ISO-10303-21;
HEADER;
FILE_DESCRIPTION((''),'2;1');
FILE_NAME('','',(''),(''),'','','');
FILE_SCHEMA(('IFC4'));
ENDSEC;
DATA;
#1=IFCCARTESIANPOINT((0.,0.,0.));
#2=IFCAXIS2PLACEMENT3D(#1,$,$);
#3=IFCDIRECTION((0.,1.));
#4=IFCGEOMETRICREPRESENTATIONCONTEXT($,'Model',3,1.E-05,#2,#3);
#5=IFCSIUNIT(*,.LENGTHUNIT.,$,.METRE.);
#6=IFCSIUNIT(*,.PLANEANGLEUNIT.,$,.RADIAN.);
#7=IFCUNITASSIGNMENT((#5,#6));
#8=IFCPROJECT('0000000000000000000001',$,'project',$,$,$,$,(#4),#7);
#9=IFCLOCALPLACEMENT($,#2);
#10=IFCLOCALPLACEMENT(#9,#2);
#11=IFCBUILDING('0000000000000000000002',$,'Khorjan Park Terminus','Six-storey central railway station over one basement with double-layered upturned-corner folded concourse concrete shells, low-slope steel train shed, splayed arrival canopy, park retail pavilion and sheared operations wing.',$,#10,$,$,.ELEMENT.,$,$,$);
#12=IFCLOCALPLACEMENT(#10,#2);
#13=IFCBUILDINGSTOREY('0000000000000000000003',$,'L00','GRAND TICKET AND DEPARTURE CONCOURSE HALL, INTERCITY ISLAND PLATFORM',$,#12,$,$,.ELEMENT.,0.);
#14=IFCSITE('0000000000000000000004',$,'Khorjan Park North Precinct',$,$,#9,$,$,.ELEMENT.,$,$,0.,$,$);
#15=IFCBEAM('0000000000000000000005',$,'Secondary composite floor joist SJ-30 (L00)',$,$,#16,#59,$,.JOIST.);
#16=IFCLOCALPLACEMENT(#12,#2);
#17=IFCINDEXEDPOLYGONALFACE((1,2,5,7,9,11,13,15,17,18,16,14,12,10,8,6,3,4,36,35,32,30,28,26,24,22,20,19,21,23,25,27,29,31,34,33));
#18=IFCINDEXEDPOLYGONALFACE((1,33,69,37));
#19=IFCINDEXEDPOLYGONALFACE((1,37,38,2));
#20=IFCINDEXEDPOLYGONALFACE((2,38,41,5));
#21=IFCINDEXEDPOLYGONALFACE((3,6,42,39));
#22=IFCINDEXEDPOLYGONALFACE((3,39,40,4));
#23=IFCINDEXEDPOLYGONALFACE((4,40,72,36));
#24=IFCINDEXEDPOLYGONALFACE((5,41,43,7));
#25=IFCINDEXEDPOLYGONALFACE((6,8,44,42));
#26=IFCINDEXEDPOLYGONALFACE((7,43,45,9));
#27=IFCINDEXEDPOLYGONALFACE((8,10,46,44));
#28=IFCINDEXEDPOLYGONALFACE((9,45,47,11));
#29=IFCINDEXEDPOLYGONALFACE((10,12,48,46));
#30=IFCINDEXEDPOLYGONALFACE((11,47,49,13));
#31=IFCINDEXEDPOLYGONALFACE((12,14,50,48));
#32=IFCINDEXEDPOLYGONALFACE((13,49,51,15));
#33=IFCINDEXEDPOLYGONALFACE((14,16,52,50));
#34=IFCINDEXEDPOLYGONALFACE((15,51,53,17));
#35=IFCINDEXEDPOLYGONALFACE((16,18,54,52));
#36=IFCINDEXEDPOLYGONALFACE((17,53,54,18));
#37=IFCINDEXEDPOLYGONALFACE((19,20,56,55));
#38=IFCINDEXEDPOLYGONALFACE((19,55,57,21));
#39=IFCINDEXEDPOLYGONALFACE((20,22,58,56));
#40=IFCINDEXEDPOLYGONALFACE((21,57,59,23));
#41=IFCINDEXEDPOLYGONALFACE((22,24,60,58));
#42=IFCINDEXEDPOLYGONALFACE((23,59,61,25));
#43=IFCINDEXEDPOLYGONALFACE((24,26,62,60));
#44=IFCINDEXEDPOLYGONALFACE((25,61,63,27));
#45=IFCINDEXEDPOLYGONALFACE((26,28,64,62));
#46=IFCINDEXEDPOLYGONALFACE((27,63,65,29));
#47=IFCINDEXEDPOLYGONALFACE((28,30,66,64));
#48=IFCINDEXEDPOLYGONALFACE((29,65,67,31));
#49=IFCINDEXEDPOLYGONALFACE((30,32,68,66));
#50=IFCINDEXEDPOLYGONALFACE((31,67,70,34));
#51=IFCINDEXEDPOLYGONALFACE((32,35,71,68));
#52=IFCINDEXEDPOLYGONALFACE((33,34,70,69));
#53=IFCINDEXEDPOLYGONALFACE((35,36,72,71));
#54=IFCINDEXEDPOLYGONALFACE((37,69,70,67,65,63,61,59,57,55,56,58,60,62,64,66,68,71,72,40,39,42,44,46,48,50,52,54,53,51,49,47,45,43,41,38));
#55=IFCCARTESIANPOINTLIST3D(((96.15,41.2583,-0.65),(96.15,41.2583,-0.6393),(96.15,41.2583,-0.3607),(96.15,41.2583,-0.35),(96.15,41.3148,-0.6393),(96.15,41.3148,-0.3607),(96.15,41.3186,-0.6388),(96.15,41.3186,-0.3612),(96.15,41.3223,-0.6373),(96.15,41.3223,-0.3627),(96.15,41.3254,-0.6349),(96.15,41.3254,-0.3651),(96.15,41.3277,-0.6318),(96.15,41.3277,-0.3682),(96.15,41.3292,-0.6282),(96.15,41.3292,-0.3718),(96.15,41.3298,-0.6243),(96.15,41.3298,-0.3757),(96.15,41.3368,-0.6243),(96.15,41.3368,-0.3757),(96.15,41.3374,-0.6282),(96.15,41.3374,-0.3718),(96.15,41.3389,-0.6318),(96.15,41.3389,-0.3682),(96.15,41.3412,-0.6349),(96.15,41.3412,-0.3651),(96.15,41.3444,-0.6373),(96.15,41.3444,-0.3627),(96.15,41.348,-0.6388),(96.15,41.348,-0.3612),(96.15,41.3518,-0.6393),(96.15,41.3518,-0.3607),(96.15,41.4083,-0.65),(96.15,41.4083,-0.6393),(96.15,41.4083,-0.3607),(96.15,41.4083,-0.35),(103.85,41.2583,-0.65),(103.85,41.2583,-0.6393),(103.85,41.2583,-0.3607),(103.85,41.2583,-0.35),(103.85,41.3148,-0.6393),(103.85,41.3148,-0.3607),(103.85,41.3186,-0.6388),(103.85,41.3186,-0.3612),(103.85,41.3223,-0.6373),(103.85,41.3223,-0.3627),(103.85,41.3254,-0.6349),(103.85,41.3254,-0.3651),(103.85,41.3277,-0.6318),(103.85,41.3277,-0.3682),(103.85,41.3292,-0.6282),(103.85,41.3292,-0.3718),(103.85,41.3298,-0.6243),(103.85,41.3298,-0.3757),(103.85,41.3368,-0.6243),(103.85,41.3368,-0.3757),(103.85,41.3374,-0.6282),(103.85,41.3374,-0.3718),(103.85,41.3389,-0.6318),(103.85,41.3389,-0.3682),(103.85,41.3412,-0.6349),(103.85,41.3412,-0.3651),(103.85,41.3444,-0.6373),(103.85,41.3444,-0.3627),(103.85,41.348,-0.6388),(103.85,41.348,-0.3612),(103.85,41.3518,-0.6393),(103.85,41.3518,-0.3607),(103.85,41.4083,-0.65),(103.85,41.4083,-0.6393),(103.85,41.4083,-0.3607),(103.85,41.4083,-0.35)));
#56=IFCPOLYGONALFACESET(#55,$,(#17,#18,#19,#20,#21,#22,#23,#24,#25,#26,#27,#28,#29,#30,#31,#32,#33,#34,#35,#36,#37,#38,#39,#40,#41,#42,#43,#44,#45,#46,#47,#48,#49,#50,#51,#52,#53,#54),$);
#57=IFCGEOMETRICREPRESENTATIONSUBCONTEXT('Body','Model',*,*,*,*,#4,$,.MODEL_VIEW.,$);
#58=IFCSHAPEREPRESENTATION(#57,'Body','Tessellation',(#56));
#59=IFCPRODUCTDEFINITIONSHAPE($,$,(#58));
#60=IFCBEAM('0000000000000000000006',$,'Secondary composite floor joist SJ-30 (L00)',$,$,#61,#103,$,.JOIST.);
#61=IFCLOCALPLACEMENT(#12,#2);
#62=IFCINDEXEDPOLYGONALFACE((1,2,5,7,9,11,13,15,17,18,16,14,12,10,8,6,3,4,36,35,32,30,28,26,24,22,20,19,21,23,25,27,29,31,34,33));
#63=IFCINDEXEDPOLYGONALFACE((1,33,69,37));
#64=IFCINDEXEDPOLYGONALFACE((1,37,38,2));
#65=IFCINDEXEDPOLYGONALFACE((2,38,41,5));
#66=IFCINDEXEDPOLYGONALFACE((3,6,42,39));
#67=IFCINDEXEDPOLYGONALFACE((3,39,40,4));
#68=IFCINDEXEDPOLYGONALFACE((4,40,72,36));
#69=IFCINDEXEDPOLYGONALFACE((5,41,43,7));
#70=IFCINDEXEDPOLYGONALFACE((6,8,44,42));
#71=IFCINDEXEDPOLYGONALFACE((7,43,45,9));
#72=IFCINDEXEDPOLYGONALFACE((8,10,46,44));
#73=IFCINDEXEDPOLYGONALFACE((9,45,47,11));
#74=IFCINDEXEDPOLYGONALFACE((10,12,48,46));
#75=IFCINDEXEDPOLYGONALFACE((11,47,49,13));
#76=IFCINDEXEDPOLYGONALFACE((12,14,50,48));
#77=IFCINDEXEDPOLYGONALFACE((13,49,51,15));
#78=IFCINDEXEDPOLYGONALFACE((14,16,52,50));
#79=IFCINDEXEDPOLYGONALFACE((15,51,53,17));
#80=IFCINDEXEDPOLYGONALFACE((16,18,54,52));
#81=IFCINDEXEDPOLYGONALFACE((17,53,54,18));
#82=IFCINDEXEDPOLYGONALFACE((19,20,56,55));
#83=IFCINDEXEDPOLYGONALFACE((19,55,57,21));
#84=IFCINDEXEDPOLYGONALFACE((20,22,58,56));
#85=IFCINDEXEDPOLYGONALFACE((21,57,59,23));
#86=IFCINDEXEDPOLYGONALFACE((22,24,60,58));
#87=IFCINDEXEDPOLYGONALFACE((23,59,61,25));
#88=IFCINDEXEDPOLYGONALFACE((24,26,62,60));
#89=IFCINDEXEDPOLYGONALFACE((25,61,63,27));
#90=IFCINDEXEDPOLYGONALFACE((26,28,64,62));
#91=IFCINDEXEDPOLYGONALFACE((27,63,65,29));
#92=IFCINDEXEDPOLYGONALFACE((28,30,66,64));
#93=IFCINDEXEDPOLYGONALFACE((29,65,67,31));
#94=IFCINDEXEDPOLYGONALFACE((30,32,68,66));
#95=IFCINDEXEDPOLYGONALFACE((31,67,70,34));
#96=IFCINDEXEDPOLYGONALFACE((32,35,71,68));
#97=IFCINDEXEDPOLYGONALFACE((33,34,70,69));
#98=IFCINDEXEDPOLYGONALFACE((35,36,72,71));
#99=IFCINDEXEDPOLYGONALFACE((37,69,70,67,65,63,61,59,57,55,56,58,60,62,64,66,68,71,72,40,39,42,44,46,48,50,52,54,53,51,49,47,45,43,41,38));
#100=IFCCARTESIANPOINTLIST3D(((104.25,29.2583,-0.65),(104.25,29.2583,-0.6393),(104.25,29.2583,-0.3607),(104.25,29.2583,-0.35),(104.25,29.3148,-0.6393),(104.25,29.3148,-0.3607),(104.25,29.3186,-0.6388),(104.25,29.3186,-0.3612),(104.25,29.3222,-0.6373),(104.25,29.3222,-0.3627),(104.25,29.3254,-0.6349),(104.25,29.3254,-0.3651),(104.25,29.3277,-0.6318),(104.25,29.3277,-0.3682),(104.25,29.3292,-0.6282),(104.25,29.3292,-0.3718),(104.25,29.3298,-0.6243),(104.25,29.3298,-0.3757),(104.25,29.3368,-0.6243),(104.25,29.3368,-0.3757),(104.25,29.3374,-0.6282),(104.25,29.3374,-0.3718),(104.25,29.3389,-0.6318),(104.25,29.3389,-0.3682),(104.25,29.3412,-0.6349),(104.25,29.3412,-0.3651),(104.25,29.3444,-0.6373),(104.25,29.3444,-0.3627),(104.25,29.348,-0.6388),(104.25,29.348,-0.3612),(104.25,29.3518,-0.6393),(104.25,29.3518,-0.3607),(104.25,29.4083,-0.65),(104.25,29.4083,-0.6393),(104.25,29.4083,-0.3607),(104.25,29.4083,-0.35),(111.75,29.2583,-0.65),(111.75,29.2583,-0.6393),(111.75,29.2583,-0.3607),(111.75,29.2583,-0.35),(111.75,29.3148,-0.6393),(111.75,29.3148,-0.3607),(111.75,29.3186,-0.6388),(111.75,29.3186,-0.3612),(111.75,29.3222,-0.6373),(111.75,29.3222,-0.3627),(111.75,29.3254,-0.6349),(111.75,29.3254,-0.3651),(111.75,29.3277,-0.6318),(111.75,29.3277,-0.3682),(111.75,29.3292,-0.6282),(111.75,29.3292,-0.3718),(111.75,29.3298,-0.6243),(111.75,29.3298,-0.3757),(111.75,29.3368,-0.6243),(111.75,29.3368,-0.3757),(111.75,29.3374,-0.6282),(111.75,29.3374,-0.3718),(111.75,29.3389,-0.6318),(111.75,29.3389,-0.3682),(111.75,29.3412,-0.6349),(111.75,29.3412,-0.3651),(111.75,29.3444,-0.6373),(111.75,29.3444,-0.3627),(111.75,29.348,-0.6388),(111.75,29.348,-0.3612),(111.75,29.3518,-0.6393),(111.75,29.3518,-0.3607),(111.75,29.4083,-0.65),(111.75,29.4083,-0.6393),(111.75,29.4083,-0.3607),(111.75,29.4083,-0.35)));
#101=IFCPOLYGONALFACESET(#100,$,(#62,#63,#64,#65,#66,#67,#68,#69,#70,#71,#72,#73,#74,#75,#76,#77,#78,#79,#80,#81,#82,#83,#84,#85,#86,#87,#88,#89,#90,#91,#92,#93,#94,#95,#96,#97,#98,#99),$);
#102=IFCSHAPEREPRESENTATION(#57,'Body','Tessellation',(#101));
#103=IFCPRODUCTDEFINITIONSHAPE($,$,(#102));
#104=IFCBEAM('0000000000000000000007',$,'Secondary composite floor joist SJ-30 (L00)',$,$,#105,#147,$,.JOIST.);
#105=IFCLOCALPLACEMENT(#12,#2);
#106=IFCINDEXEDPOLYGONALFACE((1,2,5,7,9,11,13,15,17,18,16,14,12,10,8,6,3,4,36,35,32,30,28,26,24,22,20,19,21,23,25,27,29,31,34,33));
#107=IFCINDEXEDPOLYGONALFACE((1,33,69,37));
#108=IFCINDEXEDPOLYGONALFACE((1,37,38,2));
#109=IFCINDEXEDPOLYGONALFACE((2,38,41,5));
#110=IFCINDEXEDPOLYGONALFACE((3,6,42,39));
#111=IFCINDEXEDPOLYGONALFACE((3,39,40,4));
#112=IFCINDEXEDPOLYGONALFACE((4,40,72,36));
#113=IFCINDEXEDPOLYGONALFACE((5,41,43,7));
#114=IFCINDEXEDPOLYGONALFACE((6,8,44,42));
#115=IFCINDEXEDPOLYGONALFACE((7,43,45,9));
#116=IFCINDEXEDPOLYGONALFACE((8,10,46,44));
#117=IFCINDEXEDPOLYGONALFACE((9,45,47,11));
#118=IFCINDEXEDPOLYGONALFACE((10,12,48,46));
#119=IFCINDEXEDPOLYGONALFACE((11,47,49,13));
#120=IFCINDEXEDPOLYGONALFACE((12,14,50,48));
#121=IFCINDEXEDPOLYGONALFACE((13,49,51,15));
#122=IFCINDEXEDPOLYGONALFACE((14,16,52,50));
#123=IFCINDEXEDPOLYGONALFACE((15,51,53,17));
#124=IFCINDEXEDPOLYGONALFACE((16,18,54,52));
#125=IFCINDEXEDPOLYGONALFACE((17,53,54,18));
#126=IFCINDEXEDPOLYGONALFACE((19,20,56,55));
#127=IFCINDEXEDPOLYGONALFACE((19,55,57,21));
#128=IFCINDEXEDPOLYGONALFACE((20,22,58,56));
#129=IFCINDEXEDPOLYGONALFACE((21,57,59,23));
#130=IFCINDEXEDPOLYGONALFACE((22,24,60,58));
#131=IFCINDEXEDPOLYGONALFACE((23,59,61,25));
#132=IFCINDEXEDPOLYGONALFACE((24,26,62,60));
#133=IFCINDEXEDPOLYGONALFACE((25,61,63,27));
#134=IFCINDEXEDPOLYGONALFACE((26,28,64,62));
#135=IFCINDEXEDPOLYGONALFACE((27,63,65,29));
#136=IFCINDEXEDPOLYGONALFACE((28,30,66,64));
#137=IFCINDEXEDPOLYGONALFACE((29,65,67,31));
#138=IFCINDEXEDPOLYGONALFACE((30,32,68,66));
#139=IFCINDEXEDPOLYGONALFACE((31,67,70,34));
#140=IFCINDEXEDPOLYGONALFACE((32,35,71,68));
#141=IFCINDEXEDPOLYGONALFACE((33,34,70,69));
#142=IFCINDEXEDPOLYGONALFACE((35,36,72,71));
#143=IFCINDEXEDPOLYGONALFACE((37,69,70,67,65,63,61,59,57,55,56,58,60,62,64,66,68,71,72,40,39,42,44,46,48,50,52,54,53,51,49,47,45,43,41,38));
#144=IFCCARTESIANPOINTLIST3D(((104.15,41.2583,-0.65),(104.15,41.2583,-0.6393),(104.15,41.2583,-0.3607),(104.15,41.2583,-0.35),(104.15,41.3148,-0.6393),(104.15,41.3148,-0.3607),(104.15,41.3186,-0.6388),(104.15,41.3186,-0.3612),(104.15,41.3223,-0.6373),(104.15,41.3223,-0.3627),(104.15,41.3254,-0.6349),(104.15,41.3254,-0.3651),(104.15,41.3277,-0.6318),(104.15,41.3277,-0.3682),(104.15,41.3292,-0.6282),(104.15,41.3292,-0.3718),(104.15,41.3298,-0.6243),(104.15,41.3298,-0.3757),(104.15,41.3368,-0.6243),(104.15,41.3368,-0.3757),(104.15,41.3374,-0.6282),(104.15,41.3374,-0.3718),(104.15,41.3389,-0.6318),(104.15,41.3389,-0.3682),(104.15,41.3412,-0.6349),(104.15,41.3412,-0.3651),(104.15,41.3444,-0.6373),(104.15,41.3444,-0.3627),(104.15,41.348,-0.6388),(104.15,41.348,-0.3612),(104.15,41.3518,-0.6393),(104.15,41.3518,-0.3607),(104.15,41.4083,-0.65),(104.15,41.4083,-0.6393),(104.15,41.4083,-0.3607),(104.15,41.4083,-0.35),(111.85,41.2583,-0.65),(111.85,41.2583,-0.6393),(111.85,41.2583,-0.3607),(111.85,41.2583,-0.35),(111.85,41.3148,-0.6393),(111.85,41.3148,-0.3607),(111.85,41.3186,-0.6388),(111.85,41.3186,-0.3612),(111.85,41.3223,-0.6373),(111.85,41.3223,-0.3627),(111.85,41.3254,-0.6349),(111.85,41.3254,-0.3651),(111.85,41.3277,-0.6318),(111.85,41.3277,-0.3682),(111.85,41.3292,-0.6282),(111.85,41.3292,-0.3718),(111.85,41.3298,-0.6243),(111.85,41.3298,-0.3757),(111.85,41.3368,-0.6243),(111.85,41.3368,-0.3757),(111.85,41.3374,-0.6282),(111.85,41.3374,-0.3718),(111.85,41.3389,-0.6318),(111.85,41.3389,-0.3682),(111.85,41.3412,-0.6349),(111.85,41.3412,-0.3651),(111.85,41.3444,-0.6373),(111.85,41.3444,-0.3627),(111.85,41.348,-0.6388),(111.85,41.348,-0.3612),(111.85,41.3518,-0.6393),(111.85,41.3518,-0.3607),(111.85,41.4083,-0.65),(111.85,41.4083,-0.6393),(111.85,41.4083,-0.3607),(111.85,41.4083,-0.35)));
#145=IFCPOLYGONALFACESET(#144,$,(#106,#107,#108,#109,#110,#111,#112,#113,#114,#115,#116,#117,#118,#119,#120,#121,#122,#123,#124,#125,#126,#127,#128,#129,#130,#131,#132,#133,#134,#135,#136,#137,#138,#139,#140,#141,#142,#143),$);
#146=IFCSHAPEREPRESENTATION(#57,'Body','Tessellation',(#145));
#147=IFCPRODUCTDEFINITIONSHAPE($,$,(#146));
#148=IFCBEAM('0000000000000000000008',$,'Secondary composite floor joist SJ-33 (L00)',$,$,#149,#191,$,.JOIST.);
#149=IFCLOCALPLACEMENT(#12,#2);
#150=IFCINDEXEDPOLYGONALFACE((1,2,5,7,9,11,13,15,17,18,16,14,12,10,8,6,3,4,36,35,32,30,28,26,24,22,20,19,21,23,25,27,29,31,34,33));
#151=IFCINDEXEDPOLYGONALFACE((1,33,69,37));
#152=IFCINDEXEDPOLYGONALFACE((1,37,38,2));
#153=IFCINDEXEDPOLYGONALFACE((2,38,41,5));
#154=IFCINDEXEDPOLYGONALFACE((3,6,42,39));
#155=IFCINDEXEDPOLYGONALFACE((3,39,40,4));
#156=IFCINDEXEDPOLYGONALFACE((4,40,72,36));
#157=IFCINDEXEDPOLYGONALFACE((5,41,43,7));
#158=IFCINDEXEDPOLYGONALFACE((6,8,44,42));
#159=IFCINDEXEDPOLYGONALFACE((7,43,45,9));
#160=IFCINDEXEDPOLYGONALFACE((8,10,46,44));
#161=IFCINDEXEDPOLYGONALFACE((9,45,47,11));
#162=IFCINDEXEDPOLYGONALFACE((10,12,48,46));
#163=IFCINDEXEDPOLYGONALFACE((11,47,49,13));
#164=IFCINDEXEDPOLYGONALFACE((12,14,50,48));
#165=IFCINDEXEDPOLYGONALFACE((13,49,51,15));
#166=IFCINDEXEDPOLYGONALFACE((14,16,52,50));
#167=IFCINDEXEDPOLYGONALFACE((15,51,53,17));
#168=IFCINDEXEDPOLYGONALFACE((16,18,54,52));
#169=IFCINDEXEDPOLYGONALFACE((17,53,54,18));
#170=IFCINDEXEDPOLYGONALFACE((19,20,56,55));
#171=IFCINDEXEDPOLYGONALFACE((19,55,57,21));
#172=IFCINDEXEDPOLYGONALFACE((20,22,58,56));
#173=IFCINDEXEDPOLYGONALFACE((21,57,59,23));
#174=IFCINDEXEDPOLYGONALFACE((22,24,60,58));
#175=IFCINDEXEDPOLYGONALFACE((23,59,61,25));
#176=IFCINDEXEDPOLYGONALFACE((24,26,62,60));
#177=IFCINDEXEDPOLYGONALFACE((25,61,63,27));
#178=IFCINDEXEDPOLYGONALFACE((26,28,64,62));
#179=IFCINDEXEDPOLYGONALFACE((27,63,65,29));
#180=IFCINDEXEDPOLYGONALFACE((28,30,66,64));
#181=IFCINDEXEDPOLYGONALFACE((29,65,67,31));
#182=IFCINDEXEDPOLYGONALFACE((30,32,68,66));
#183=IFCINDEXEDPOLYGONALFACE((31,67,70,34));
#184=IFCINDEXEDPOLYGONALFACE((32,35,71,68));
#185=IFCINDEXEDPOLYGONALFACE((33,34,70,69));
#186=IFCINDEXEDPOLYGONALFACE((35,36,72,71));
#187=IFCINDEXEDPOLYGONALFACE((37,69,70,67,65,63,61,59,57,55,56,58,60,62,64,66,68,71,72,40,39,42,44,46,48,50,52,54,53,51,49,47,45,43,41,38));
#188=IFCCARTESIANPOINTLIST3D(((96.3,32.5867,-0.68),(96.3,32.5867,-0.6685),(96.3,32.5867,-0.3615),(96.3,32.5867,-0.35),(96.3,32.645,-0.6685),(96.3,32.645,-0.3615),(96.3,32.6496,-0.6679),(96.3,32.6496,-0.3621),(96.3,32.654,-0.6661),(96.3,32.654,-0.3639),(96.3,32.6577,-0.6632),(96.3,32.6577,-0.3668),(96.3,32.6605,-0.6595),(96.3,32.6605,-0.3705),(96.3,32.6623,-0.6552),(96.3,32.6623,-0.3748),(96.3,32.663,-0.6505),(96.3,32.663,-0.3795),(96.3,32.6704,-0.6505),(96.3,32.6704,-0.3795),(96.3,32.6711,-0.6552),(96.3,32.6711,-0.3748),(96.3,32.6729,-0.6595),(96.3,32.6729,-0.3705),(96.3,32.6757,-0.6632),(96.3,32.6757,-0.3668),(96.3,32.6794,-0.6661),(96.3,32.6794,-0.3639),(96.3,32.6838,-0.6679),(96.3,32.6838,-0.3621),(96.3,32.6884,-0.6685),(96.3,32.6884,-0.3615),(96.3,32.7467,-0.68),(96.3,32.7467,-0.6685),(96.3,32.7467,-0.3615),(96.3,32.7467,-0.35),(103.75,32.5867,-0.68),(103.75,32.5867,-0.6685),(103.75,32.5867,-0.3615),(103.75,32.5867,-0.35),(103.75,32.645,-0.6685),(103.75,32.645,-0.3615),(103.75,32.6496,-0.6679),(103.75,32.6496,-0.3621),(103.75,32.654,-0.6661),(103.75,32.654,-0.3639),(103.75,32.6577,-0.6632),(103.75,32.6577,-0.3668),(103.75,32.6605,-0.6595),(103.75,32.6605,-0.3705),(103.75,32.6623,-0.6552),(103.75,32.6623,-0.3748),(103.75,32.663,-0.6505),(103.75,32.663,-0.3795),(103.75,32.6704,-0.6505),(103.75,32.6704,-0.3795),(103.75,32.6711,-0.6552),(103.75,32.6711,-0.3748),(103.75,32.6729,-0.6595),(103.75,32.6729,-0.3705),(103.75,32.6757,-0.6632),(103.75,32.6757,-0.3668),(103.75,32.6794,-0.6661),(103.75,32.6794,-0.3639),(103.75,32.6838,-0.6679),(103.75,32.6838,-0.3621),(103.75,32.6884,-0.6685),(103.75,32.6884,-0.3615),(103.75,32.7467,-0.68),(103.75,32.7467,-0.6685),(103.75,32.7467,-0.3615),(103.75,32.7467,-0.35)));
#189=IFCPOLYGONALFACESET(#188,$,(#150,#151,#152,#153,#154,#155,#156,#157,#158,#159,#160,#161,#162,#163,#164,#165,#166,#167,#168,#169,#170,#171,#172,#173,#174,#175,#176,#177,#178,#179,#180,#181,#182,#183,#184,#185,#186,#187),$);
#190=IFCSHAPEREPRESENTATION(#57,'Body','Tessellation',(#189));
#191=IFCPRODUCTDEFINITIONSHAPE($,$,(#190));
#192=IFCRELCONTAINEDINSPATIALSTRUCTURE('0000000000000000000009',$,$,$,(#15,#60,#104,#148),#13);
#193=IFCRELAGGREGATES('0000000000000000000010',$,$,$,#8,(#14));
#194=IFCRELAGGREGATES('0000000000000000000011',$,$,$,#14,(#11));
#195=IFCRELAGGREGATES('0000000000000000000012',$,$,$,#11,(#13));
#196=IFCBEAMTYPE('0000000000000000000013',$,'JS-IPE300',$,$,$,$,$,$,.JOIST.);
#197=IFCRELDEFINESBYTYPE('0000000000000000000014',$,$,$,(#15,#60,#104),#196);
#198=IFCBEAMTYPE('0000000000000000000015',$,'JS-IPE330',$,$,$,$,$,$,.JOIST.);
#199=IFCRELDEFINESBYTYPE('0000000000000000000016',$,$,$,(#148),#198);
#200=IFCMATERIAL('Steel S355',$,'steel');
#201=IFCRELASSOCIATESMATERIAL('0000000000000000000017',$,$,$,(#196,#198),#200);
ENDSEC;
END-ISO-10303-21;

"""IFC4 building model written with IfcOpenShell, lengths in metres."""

from ifc_helpers import new_model, si_unit, direction, frame, origin, origin_2d, place, context, subcontext, project, spatial, i_section, extrude, material, material_profile, profile_set, type_object, element, save


model = new_model("IFC4")

# Units and contexts
model_context = context("Model", 3, precision=1e-05, world=origin(), true_north=direction((0.0, 1.0)))
body_context = subcontext(model_context, "Body", "Model", "MODEL_VIEW")
ifc_project = project(units=[si_unit("LENGTHUNIT", "METRE"), si_unit("PLANEANGLEUNIT", "RADIAN")], contexts=[model_context])

# Site, building, storey
site_placement = place(None, origin())
site = spatial("IfcSite", under=ifc_project, at=site_placement, Name="Khorjan Park North Precinct", CompositionType="ELEMENT", RefElevation=0.0)
building_placement = place(site_placement, origin())
building = spatial("IfcBuilding", under=site, at=building_placement, Name="Khorjan Park Terminus", Description="Six-storey central railway station over one basement with double-layered upturned-corner folded concourse concrete shells, low-slope steel train shed, splayed arrival canopy, park retail pavilion and sheared operations wing.", CompositionType="ELEMENT")
storey_placement = place(building_placement, origin())
storey = spatial("IfcBuildingStorey", under=building, at=storey_placement, Name="L00", Description="GRAND TICKET AND DEPARTURE CONCOURSE HALL, INTERCITY ISLAND PLATFORM", CompositionType="ELEMENT", Elevation=0.0)

# Beams
ifc_material_1 = material(Name="Steel S355", Category="steel")
ifc_material_profile_1 = material_profile(ifc_material_1, i_section(OverallWidth=0.15, OverallDepth=0.3, WebThickness=0.0071, FlangeThickness=0.0107, FilletRadius=0.015, at=origin_2d()), Name="IPE 300")
ifc_profile_set_1 = profile_set([ifc_material_profile_1], Name="Steel S355")
beam_type_1 = type_object("IfcBeamType", Name="JS-IPE300", PredefinedType="JOIST", material=ifc_profile_set_1)
beam_1_placement = place(storey_placement, frame((96.15, 41.3333, -0.5), z_axis=(1.0, 0.0, 0.0), x_axis=(0.0, 1.0, 0.0)))
element("IfcBeam", 1, at=beam_1_placement, inside=storey, type_object=beam_type_1, Name="Secondary composite floor joist SJ-30 (L00)", PredefinedType="JOIST", context=body_context, shape_type="SweptSolid", body=[
    extrude(i_section(OverallWidth=0.15, OverallDepth=0.3, WebThickness=0.0071, FlangeThickness=0.0107, FilletRadius=0.015, at=origin_2d()), origin(), (0.0, 0.0, 1.0), 7.7),
])
beam_2_placement = place(storey_placement, frame((104.25, 29.3333, -0.5), z_axis=(1.0, 0.0, 0.0), x_axis=(0.0, 1.0, 0.0)))
element("IfcBeam", 2, at=beam_2_placement, inside=storey, type_object=beam_type_1, Name="Secondary composite floor joist SJ-30 (L00)", PredefinedType="JOIST", context=body_context, shape_type="SweptSolid", body=[
    extrude(i_section(OverallWidth=0.15, OverallDepth=0.3, WebThickness=0.0071, FlangeThickness=0.0107, FilletRadius=0.015, at=origin_2d()), origin(), (0.0, 0.0, 1.0), 7.5),
])
beam_3_placement = place(storey_placement, frame((104.15, 41.3333, -0.5), z_axis=(1.0, 0.0, 0.0), x_axis=(0.0, 1.0, 0.0)))
element("IfcBeam", 3, at=beam_3_placement, inside=storey, type_object=beam_type_1, Name="Secondary composite floor joist SJ-30 (L00)", PredefinedType="JOIST", context=body_context, shape_type="SweptSolid", body=[
    extrude(i_section(OverallWidth=0.15, OverallDepth=0.3, WebThickness=0.0071, FlangeThickness=0.0107, FilletRadius=0.015, at=origin_2d()), origin(), (0.0, 0.0, 1.0), 7.7),
])
ifc_material_profile_2 = material_profile(ifc_material_1, i_section(OverallWidth=0.16, OverallDepth=0.33, WebThickness=0.0075, FlangeThickness=0.0115, FilletRadius=0.018, at=origin_2d()), Name="IPE 330")
ifc_profile_set_2 = profile_set([ifc_material_profile_2], Name="Steel S355")
beam_type_2 = type_object("IfcBeamType", Name="JS-IPE330", PredefinedType="JOIST", material=ifc_profile_set_2)
beam_4_placement = place(storey_placement, frame((96.3, 32.6667, -0.515), z_axis=(1.0, 0.0, 0.0), x_axis=(0.0, 1.0, 0.0)))
element("IfcBeam", 4, at=beam_4_placement, inside=storey, type_object=beam_type_2, Name="Secondary composite floor joist SJ-33 (L00)", PredefinedType="JOIST", context=body_context, shape_type="SweptSolid", body=[
    extrude(i_section(OverallWidth=0.16, OverallDepth=0.33, WebThickness=0.0075, FlangeThickness=0.0115, FilletRadius=0.018, at=origin_2d()), origin(), (0.0, 0.0, 1.0), 7.45),
])

save(model, "model.ifc")
